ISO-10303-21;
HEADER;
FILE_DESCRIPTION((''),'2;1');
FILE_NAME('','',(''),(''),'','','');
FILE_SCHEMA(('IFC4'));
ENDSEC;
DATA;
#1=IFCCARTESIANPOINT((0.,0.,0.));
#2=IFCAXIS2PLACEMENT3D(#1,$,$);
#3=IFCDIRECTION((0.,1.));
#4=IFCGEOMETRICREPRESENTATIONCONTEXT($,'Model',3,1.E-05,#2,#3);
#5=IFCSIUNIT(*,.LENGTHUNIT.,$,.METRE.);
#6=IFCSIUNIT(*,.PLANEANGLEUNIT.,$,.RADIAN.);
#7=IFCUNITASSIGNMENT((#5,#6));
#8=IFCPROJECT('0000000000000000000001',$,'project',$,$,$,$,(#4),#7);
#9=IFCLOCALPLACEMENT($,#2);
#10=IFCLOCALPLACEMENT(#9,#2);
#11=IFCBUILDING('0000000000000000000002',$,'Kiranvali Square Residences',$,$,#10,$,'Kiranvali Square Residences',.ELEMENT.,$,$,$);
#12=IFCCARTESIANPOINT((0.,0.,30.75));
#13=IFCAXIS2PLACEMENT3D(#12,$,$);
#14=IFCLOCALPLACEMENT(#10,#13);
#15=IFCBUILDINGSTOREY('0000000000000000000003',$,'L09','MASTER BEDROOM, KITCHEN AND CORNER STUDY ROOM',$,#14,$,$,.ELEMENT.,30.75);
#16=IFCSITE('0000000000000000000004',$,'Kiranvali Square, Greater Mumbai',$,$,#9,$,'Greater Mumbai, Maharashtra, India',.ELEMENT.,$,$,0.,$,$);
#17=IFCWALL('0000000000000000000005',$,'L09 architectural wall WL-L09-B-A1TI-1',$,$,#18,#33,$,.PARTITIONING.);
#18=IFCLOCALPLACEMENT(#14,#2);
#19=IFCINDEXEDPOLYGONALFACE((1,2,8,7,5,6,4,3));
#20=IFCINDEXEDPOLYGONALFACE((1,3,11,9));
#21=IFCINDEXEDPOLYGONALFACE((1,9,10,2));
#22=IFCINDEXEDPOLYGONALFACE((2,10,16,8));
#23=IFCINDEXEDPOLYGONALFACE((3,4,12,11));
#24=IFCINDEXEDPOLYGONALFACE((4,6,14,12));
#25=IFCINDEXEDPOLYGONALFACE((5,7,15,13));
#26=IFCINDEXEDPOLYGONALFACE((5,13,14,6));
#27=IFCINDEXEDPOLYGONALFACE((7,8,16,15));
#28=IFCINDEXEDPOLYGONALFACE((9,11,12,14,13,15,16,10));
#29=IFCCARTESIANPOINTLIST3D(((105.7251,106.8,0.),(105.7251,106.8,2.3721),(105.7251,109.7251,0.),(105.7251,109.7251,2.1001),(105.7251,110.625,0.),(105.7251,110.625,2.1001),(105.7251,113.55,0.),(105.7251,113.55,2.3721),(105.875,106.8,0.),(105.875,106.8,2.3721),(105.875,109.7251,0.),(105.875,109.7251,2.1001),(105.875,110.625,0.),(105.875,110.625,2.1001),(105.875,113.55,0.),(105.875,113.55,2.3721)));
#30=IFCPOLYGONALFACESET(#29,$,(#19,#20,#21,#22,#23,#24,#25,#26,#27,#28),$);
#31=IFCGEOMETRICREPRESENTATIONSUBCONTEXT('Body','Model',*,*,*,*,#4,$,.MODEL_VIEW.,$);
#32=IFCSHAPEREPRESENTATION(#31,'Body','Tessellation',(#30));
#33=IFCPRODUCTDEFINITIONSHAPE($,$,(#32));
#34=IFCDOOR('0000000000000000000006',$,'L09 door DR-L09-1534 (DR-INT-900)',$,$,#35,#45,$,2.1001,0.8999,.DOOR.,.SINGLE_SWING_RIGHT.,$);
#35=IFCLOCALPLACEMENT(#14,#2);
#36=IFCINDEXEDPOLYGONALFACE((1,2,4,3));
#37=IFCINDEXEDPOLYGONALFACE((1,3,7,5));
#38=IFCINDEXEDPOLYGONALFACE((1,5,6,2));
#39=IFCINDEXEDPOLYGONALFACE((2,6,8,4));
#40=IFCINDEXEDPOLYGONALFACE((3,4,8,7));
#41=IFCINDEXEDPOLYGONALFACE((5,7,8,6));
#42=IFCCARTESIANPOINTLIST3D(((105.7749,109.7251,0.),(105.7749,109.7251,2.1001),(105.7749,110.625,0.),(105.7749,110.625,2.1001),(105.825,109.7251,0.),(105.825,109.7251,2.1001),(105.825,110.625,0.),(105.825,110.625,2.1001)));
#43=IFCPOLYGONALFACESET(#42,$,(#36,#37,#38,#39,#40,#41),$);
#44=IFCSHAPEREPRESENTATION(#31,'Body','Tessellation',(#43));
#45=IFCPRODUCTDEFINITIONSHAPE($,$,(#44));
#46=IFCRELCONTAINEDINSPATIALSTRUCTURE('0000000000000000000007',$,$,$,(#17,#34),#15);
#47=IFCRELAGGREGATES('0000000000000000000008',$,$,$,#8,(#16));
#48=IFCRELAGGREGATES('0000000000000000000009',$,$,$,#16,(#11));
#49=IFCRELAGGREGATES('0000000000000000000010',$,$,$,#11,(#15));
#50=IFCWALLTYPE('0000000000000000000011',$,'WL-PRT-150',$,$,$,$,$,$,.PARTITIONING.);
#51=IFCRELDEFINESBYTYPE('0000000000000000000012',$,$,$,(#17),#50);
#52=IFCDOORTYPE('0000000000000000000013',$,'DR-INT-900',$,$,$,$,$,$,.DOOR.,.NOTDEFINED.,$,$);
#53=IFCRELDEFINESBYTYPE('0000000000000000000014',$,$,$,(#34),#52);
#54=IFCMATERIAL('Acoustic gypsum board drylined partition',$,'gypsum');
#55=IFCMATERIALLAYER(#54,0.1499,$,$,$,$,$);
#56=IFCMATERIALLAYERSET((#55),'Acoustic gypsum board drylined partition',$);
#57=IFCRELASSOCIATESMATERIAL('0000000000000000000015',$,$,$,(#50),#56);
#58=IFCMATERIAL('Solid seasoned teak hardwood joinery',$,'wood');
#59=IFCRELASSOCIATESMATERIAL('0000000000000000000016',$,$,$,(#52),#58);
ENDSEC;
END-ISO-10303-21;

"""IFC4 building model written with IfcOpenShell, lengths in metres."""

from ifc_helpers import new_model, si_unit, direction, frame, frame_2d, origin, place, context, subcontext, project, spatial, rectangle, extrude, material, layer, layer_set, type_object, element, fill, save


model = new_model("IFC4")

# Units and contexts
model_context = context("Model", 3, precision=1e-05, world=origin(), true_north=direction((0.0, 1.0)))
body_context = subcontext(model_context, "Body", "Model", "MODEL_VIEW")
ifc_project = project(units=[si_unit("LENGTHUNIT", "METRE"), si_unit("PLANEANGLEUNIT", "RADIAN")], contexts=[model_context])

# Site, building, storey
site_placement = place(None, origin())
site = spatial("IfcSite", under=ifc_project, at=site_placement, Name="Kiranvali Square, Greater Mumbai", LongName="Greater Mumbai, Maharashtra, India", CompositionType="ELEMENT", RefElevation=0.0)
building_placement = place(site_placement, origin())
building = spatial("IfcBuilding", under=site, at=building_placement, Name="Kiranvali Square Residences", LongName="Kiranvali Square Residences", CompositionType="ELEMENT")
storey_placement = place(building_placement, frame((0.0, 0.0, 30.75)))
storey = spatial("IfcBuildingStorey", under=building, at=storey_placement, Name="L09", Description="MASTER BEDROOM, KITCHEN AND CORNER STUDY ROOM", CompositionType="ELEMENT", Elevation=30.75)

# Wall, opening, door
ifc_material_1 = material(Name="Acoustic gypsum board drylined partition", Category="gypsum")
ifc_layer_1 = layer(ifc_material_1, 0.1499)
ifc_layer_set_1 = layer_set([ifc_layer_1], Name="Acoustic gypsum board drylined partition")
wall_type_1 = type_object("IfcWallType", Name="WL-PRT-150", PredefinedType="PARTITIONING", material=ifc_layer_set_1)
wall_1_placement = place(storey_placement, frame((105.8, 106.8, 0.0), z_axis=(0.0, 0.0, 1.0), x_axis=(0.0, 1.0, 0.0)))
wall_1 = element("IfcWall", 1, at=wall_1_placement, inside=storey, type_object=wall_type_1, Name="L09 architectural wall WL-L09-B-A1TI-1", PredefinedType="PARTITIONING", context=body_context, shape_type="SweptSolid", body=[
    extrude(rectangle(XDim=6.75, YDim=0.1499, at=frame_2d((3.375, 0.0))), origin(), (0.0, 0.0, 1.0), 2.3721),
])
opening_1_placement = place(wall_1_placement, frame((2.925, 0.0, 0.0)))
opening_1 = element("IfcOpeningElement", 2, at=opening_1_placement, cuts=wall_1, PredefinedType="OPENING", context=body_context, shape_type="SweptSolid", body=[
    extrude(rectangle(XDim=0.8999, YDim=2.1001, at=frame_2d((0.45, 1.05))), frame((0.0, 0.085, 0.0), z_axis=(0.0, -1.0, 0.0), x_axis=(1.0, 0.0, 0.0)), (0.0, 0.0, 1.0), 0.1699),
])
ifc_material_2 = material(Name="Solid seasoned teak hardwood joinery", Category="wood")
door_type_1 = type_object("IfcDoorType", Name="DR-INT-900", OperationType="NOTDEFINED", PredefinedType="DOOR", material=ifc_material_2)
door_1_placement = place(opening_1_placement, frame((0.8999, 0.0, 0.0), z_axis=(0.0, 0.0, 1.0), x_axis=(-1.0, 0.0, 0.0)))
door_1 = element("IfcDoor", 3, at=door_1_placement, inside=storey, type_object=door_type_1, Name="L09 door DR-L09-1534 (DR-INT-900)", OperationType="SINGLE_SWING_RIGHT", OverallHeight=2.1001, OverallWidth=0.8999, PredefinedType="DOOR", context=body_context, shape_type="SweptSolid", body=[
    extrude(rectangle(XDim=0.8999, YDim=2.1001, at=frame_2d((0.45, 1.05))), frame((0.0, 0.0249, 0.0), z_axis=(0.0, -1.0, 0.0), x_axis=(1.0, 0.0, 0.0)), (0.0, 0.0, 1.0), 0.05),
])
fill(opening_1, door_1)

save(model, "model.ifc")
